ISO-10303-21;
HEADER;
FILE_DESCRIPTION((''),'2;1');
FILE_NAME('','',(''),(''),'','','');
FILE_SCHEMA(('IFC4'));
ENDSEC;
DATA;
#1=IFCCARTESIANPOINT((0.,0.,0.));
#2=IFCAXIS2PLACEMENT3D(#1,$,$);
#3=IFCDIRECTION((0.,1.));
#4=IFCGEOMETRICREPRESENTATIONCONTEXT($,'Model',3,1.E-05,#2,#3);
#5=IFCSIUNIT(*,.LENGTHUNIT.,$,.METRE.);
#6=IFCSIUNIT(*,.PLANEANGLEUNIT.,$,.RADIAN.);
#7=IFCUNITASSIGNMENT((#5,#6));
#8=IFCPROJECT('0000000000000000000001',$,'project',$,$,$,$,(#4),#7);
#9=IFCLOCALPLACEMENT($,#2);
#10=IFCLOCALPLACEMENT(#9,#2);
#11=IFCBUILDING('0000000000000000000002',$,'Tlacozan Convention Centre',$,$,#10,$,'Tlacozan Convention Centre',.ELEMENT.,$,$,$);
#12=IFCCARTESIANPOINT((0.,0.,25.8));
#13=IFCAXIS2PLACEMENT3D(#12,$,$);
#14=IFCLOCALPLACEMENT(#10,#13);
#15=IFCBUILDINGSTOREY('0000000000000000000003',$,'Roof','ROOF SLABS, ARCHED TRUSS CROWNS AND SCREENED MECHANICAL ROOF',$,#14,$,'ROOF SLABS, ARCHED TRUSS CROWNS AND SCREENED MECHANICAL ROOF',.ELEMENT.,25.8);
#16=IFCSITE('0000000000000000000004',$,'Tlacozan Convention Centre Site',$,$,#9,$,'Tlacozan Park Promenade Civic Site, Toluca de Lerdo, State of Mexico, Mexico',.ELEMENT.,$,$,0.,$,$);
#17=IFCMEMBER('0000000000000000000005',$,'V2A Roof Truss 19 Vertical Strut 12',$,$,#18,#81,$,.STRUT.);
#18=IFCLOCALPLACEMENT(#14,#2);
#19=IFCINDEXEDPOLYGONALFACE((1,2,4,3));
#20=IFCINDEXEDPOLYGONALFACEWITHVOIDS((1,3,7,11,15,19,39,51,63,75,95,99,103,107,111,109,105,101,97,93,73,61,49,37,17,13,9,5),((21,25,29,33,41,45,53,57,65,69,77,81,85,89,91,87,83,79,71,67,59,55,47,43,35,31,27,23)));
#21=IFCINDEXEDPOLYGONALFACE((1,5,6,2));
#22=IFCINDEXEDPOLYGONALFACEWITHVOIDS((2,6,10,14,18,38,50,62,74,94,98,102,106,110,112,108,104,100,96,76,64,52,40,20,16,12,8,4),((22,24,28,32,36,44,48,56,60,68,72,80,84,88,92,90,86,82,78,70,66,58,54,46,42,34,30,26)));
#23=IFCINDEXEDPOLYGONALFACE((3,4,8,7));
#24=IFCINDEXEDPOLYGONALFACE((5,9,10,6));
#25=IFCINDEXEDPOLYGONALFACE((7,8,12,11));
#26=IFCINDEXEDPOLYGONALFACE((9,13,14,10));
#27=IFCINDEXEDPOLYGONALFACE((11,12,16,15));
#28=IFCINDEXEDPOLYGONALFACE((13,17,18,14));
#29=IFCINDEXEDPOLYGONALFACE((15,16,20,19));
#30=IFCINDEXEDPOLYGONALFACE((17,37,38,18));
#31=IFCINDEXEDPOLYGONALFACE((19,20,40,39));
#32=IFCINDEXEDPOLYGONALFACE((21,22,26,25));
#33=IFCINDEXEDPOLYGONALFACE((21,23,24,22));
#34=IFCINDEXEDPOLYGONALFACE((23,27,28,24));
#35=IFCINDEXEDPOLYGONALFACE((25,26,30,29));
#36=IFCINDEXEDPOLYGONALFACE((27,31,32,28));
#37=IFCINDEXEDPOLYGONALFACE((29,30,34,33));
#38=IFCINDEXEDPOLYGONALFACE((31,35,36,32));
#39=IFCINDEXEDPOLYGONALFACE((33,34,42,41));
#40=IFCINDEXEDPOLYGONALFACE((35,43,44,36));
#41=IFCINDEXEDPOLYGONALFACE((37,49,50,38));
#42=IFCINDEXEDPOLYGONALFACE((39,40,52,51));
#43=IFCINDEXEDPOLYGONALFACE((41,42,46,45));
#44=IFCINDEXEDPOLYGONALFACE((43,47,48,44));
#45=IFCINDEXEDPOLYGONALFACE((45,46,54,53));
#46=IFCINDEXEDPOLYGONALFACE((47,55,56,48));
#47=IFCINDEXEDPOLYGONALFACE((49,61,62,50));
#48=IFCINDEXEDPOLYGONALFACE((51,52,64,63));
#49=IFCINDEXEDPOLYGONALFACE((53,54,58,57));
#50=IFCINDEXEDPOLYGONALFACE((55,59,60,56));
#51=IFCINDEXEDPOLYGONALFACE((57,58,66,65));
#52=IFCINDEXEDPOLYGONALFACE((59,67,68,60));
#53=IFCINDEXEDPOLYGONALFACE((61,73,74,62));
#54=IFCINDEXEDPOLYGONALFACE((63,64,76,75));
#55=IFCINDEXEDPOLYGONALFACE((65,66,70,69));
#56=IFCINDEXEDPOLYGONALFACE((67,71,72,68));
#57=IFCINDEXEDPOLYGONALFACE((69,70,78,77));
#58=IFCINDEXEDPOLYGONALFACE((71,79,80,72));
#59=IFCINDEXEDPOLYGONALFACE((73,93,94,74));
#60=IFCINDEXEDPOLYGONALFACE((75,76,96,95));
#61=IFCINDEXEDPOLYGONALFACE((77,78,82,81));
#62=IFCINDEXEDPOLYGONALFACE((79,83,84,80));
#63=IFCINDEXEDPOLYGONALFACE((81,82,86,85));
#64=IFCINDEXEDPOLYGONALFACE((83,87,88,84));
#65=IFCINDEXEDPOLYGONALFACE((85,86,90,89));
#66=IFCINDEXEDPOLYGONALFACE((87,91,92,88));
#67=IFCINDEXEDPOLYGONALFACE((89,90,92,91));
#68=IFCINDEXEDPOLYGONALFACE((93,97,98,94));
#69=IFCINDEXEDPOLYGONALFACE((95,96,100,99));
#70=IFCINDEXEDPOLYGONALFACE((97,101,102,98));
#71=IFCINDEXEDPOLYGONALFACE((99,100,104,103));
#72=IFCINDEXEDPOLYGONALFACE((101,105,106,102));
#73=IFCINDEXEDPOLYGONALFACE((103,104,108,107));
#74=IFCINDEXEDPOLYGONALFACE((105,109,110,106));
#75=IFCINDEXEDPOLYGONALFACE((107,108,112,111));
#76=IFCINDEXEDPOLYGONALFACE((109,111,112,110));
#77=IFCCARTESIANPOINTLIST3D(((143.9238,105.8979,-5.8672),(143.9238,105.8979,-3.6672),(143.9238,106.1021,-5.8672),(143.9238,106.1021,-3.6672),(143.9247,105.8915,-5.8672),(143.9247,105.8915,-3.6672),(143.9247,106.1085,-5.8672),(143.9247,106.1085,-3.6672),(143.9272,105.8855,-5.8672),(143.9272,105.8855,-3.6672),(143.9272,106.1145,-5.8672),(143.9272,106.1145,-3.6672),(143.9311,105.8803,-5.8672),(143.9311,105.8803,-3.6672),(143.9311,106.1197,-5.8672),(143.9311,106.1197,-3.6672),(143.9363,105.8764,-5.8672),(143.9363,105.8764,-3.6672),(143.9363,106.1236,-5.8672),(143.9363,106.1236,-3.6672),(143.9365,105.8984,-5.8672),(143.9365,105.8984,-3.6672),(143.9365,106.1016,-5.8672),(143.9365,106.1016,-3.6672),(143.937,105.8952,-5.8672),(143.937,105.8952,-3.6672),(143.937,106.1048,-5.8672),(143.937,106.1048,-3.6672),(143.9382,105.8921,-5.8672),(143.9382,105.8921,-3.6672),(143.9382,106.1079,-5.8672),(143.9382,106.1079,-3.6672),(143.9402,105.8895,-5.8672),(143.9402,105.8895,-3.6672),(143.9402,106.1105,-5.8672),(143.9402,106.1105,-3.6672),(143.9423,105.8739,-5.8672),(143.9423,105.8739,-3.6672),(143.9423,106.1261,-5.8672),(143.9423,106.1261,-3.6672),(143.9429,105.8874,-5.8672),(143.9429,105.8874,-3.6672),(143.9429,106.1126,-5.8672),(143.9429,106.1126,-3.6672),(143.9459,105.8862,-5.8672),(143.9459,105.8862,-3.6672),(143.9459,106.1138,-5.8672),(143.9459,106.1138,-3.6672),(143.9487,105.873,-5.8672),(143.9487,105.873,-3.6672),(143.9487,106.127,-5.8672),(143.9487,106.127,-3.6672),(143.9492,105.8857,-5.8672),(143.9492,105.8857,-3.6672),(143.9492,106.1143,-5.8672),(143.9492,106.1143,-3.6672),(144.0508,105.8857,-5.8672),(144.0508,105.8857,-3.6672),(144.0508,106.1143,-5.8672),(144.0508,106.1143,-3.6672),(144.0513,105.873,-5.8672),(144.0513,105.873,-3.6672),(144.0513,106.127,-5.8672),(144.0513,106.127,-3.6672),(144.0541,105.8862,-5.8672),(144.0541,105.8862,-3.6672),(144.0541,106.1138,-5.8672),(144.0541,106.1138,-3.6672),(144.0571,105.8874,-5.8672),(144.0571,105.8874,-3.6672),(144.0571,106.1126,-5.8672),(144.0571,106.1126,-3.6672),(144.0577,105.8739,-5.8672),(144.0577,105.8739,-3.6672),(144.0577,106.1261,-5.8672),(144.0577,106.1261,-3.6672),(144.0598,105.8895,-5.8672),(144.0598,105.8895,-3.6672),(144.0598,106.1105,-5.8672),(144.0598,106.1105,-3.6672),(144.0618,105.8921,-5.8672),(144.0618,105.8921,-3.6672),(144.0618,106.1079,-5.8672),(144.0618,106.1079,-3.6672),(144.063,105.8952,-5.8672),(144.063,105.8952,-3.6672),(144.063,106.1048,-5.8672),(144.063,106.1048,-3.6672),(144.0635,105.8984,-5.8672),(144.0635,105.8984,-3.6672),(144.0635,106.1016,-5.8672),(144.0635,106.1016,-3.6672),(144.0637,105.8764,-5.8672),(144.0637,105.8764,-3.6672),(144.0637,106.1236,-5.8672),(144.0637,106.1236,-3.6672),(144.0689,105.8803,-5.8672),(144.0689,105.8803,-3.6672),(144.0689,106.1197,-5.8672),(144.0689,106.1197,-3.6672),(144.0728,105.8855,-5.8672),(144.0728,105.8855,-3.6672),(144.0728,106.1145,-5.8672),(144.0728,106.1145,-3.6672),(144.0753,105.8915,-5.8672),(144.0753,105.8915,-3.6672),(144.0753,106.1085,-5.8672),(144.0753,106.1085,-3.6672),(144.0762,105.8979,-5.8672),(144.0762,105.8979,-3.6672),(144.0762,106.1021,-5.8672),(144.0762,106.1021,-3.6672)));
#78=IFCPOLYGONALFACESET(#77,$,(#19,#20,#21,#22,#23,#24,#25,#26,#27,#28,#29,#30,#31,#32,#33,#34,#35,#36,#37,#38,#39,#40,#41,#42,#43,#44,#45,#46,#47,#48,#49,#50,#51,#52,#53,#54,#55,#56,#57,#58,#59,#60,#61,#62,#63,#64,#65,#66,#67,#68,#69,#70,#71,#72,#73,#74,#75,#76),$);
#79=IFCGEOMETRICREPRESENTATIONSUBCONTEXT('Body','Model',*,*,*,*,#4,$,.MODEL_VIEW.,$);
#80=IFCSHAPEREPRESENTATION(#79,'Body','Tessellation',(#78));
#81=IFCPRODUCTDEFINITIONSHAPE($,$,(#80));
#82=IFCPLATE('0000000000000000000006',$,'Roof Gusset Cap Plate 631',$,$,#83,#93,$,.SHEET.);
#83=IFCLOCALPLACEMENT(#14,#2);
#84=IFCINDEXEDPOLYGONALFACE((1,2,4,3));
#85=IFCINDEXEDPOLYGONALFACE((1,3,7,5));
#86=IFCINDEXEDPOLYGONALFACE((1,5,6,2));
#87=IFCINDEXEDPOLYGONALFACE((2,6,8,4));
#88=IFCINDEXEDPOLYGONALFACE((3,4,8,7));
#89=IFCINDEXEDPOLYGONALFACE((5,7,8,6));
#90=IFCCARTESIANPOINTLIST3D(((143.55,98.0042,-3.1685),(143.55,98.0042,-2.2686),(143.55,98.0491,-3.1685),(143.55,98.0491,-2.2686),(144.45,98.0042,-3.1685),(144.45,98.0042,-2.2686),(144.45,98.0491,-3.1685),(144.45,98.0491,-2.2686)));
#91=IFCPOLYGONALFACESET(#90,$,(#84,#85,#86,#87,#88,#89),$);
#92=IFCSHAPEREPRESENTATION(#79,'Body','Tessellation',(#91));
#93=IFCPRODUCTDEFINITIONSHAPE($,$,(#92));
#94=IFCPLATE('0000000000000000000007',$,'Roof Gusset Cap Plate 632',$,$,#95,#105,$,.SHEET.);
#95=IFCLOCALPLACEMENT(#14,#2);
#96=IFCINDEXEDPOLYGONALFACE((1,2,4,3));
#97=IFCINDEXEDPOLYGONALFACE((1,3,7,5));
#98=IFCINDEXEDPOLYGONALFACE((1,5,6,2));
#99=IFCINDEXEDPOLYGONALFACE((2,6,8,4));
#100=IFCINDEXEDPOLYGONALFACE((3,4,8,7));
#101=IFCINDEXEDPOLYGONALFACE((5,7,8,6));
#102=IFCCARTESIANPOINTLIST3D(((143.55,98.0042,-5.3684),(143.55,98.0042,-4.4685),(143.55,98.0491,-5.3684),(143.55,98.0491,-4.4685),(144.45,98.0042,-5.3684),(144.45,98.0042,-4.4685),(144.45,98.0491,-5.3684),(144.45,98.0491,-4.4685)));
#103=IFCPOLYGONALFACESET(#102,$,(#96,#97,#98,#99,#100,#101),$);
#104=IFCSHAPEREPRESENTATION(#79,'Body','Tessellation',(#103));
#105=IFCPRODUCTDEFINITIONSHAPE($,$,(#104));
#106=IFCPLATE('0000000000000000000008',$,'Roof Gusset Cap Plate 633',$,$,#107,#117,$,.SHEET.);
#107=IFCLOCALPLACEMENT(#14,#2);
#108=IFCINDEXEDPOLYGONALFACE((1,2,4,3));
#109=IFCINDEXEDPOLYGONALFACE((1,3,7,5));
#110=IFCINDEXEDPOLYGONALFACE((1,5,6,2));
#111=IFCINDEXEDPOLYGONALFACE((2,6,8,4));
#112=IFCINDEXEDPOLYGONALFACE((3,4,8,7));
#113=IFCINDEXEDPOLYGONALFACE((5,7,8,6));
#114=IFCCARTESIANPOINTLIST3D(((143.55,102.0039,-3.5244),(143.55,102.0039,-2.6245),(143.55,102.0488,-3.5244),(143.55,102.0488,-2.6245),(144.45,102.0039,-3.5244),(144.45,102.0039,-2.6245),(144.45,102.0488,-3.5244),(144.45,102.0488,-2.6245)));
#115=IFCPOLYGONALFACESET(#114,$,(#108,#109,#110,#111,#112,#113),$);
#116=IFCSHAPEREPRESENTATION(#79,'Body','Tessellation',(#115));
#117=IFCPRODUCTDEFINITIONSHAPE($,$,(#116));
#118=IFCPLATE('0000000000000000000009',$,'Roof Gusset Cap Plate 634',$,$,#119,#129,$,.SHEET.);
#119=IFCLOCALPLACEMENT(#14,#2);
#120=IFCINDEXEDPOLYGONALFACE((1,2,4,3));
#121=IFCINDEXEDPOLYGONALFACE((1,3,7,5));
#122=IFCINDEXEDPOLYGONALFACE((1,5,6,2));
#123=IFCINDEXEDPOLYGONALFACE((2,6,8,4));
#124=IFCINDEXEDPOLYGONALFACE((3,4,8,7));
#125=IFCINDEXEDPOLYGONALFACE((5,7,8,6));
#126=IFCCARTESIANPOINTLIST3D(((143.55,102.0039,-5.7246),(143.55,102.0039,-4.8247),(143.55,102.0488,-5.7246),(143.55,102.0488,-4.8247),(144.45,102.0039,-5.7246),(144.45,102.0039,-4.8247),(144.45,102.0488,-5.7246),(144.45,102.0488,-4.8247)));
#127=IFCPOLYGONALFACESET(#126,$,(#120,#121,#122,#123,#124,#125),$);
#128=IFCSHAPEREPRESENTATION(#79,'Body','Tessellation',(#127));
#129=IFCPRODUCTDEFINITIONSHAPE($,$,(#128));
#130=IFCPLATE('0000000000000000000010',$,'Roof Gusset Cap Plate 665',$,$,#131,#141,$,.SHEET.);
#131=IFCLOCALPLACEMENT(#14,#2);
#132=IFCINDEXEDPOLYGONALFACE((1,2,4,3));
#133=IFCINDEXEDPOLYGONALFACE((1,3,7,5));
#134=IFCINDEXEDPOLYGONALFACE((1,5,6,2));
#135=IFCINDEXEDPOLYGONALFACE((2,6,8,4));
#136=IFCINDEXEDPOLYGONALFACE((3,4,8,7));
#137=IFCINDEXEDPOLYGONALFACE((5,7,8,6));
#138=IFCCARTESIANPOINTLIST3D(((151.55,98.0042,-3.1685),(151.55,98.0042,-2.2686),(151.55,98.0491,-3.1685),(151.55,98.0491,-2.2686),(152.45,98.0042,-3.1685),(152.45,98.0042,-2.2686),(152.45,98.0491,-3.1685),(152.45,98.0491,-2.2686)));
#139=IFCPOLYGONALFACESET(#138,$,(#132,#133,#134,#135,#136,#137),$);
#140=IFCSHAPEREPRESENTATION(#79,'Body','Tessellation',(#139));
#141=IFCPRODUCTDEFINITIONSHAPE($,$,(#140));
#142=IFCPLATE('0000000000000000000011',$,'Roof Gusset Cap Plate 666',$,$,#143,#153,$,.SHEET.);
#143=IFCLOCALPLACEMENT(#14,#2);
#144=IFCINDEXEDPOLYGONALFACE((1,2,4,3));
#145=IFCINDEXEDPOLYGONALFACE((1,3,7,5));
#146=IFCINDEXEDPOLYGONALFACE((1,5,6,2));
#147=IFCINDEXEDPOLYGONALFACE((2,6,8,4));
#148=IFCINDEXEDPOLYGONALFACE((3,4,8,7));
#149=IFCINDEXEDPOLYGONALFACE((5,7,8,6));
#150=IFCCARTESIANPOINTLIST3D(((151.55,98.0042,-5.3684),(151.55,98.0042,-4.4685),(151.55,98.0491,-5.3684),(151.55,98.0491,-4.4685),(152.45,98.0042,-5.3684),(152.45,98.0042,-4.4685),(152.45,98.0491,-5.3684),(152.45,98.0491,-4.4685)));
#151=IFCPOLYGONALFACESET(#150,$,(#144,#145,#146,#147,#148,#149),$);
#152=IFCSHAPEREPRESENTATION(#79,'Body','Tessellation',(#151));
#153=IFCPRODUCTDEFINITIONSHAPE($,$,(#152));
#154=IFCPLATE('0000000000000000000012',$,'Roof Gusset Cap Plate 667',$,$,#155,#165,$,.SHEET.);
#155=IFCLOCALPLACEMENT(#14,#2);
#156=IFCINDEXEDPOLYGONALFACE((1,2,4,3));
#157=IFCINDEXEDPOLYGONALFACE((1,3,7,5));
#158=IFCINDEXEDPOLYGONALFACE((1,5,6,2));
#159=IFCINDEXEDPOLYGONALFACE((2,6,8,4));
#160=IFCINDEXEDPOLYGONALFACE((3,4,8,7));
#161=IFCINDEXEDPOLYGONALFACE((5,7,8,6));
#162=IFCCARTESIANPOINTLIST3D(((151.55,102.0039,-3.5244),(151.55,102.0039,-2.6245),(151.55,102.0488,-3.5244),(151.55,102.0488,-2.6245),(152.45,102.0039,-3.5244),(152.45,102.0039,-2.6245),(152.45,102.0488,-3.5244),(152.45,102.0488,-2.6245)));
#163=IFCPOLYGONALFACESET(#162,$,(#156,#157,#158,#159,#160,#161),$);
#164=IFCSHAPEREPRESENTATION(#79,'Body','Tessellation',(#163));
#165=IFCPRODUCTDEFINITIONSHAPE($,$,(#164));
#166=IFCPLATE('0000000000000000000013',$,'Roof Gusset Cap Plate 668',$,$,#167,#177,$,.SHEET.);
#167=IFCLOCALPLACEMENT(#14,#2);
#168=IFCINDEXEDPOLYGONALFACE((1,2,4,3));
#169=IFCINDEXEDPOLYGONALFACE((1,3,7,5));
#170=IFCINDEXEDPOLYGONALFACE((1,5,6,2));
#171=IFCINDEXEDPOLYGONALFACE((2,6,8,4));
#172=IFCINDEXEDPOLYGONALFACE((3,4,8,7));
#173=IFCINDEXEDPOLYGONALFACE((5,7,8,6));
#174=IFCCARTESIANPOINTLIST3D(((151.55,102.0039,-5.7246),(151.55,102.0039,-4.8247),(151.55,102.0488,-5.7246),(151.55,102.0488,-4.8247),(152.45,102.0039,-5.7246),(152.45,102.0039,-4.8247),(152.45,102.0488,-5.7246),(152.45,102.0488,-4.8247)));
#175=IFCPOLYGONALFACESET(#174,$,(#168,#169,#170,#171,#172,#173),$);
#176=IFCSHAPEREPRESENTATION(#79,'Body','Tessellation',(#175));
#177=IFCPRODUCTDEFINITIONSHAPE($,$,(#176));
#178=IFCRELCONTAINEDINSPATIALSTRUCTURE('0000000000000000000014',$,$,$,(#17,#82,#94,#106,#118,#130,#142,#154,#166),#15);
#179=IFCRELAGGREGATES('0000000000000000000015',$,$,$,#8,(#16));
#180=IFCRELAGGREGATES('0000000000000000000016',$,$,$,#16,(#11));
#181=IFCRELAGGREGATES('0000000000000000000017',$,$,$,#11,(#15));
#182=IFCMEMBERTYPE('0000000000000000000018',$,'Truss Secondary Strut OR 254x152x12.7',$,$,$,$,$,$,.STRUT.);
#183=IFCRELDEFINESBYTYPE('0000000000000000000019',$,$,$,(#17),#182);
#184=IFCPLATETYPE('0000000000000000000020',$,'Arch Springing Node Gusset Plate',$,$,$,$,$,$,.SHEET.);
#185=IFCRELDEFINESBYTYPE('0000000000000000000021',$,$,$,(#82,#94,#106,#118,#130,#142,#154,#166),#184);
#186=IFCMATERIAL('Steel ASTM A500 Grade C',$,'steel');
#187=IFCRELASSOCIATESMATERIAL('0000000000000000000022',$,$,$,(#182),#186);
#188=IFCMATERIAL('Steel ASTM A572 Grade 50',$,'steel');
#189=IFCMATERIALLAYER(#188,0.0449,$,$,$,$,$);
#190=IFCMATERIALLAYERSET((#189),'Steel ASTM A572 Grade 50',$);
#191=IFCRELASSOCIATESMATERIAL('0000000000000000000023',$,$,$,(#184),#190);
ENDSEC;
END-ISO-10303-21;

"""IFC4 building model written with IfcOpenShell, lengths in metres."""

from ifc_helpers import new_model, si_unit, direction, frame, origin, origin_2d, place, context, subcontext, project, spatial, rectangle, hollow_rectangle, extrude, material, layer, layer_set, material_profile, profile_set, type_object, element, save


model = new_model("IFC4")

# Units and contexts
model_context = context("Model", 3, precision=1e-05, world=origin(), true_north=direction((0.0, 1.0)))
body_context = subcontext(model_context, "Body", "Model", "MODEL_VIEW")
ifc_project = project(units=[si_unit("LENGTHUNIT", "METRE"), si_unit("PLANEANGLEUNIT", "RADIAN")], contexts=[model_context])

# Site, building, storey
site_placement = place(None, origin())
site = spatial("IfcSite", under=ifc_project, at=site_placement, Name="Tlacozan Convention Centre Site", LongName="Tlacozan Park Promenade Civic Site, Toluca de Lerdo, State of Mexico, Mexico", CompositionType="ELEMENT", RefElevation=0.0)
building_placement = place(site_placement, origin())
building = spatial("IfcBuilding", under=site, at=building_placement, Name="Tlacozan Convention Centre", LongName="Tlacozan Convention Centre", CompositionType="ELEMENT")
storey_placement = place(building_placement, frame((0.0, 0.0, 25.8)))
storey = spatial("IfcBuildingStorey", under=building, at=storey_placement, Name="Roof", Description="ROOF SLABS, ARCHED TRUSS CROWNS AND SCREENED MECHANICAL ROOF", LongName="ROOF SLABS, ARCHED TRUSS CROWNS AND SCREENED MECHANICAL ROOF", CompositionType="ELEMENT", Elevation=25.8)

# Member
ifc_material_1 = material(Name="Steel ASTM A500 Grade C", Category="steel")
ifc_material_profile_1 = material_profile(ifc_material_1, hollow_rectangle(XDim=0.1523, YDim=0.2539, WallThickness=0.0127, InnerFilletRadius=0.0127, OuterFilletRadius=0.0249, at=origin_2d()), Name="OR 254x152x12.7")
ifc_profile_set_1 = profile_set([ifc_material_profile_1], Name="Steel ASTM A500 Grade C")
member_type_1 = type_object("IfcMemberType", Name="Truss Secondary Strut OR 254x152x12.7", PredefinedType="STRUT", material=ifc_profile_set_1)
member_1_placement = place(storey_placement, frame((144.0, 106.0, -5.8672), z_axis=(0.0, 0.0, 1.0), x_axis=(1.0, 0.0, 0.0)))
element("IfcMember", 1, at=member_1_placement, inside=storey, type_object=member_type_1, Name="V2A Roof Truss 19 Vertical Strut 12", PredefinedType="STRUT", context=body_context, shape_type="SweptSolid", body=[
    extrude(hollow_rectangle(XDim=0.1523, YDim=0.2539, WallThickness=0.0127, InnerFilletRadius=0.0127, OuterFilletRadius=0.0249, at=origin_2d()), origin(), (0.0, 0.0, 1.0), 2.2),
])

# Plates
ifc_material_2 = material(Name="Steel ASTM A572 Grade 50", Category="steel")
ifc_layer = layer(ifc_material_2, 0.0449)
ifc_layer_set = layer_set([ifc_layer], Name="Steel ASTM A572 Grade 50")
plate_type = type_object("IfcPlateType", Name="Arch Springing Node Gusset Plate", PredefinedType="SHEET", material=ifc_layer_set)
for number, where, z_axis, x_axis, name in (
    (2, (144.0, 98.0266, -3.1685), (0.0, 0.0, 1.0), (0.0, 1.0, 0.0), "Roof Gusset Cap Plate 631"),
    (3, (144.0, 98.0266, -5.3684), (0.0, 0.0, 1.0), (0.0, 1.0, 0.0), "Roof Gusset Cap Plate 632"),
    (4, (144.0, 102.0264, -3.5244), (0.0, 0.0, 1.0), (0.0, 1.0, 0.0), "Roof Gusset Cap Plate 633"),
    (5, (144.0, 102.0264, -5.7246), (0.0, 0.0, 1.0), (0.0, 1.0, 0.0), "Roof Gusset Cap Plate 634"),
    (6, (152.0, 98.0266, -3.1685), (0.0, 0.0, 1.0), (0.0, 1.0, 0.0), "Roof Gusset Cap Plate 665"),
    (7, (152.0, 98.0266, -5.3684), (0.0, 0.0, 1.0), (0.0, 1.0, 0.0), "Roof Gusset Cap Plate 666"),
    (8, (152.0, 102.0264, -3.5244), (0.0, 0.0, 1.0), (0.0, 1.0, 0.0), "Roof Gusset Cap Plate 667"),
    (9, (152.0, 102.0264, -5.7246), (0.0, 0.0, 1.0), (0.0, 1.0, 0.0), "Roof Gusset Cap Plate 668"),
):
    element("IfcPlate", number, at=place(storey_placement, frame(where, z_axis=z_axis, x_axis=x_axis)), inside=storey, type_object=plate_type, Name=name, PredefinedType="SHEET", context=body_context, shape_type="SweptSolid", body=[
        extrude(rectangle(XDim=0.0449, YDim=0.8999, at=origin_2d()), origin(), (0.0, 0.0, 1.0), 0.8999),
    ])

save(model, "model.ifc")
